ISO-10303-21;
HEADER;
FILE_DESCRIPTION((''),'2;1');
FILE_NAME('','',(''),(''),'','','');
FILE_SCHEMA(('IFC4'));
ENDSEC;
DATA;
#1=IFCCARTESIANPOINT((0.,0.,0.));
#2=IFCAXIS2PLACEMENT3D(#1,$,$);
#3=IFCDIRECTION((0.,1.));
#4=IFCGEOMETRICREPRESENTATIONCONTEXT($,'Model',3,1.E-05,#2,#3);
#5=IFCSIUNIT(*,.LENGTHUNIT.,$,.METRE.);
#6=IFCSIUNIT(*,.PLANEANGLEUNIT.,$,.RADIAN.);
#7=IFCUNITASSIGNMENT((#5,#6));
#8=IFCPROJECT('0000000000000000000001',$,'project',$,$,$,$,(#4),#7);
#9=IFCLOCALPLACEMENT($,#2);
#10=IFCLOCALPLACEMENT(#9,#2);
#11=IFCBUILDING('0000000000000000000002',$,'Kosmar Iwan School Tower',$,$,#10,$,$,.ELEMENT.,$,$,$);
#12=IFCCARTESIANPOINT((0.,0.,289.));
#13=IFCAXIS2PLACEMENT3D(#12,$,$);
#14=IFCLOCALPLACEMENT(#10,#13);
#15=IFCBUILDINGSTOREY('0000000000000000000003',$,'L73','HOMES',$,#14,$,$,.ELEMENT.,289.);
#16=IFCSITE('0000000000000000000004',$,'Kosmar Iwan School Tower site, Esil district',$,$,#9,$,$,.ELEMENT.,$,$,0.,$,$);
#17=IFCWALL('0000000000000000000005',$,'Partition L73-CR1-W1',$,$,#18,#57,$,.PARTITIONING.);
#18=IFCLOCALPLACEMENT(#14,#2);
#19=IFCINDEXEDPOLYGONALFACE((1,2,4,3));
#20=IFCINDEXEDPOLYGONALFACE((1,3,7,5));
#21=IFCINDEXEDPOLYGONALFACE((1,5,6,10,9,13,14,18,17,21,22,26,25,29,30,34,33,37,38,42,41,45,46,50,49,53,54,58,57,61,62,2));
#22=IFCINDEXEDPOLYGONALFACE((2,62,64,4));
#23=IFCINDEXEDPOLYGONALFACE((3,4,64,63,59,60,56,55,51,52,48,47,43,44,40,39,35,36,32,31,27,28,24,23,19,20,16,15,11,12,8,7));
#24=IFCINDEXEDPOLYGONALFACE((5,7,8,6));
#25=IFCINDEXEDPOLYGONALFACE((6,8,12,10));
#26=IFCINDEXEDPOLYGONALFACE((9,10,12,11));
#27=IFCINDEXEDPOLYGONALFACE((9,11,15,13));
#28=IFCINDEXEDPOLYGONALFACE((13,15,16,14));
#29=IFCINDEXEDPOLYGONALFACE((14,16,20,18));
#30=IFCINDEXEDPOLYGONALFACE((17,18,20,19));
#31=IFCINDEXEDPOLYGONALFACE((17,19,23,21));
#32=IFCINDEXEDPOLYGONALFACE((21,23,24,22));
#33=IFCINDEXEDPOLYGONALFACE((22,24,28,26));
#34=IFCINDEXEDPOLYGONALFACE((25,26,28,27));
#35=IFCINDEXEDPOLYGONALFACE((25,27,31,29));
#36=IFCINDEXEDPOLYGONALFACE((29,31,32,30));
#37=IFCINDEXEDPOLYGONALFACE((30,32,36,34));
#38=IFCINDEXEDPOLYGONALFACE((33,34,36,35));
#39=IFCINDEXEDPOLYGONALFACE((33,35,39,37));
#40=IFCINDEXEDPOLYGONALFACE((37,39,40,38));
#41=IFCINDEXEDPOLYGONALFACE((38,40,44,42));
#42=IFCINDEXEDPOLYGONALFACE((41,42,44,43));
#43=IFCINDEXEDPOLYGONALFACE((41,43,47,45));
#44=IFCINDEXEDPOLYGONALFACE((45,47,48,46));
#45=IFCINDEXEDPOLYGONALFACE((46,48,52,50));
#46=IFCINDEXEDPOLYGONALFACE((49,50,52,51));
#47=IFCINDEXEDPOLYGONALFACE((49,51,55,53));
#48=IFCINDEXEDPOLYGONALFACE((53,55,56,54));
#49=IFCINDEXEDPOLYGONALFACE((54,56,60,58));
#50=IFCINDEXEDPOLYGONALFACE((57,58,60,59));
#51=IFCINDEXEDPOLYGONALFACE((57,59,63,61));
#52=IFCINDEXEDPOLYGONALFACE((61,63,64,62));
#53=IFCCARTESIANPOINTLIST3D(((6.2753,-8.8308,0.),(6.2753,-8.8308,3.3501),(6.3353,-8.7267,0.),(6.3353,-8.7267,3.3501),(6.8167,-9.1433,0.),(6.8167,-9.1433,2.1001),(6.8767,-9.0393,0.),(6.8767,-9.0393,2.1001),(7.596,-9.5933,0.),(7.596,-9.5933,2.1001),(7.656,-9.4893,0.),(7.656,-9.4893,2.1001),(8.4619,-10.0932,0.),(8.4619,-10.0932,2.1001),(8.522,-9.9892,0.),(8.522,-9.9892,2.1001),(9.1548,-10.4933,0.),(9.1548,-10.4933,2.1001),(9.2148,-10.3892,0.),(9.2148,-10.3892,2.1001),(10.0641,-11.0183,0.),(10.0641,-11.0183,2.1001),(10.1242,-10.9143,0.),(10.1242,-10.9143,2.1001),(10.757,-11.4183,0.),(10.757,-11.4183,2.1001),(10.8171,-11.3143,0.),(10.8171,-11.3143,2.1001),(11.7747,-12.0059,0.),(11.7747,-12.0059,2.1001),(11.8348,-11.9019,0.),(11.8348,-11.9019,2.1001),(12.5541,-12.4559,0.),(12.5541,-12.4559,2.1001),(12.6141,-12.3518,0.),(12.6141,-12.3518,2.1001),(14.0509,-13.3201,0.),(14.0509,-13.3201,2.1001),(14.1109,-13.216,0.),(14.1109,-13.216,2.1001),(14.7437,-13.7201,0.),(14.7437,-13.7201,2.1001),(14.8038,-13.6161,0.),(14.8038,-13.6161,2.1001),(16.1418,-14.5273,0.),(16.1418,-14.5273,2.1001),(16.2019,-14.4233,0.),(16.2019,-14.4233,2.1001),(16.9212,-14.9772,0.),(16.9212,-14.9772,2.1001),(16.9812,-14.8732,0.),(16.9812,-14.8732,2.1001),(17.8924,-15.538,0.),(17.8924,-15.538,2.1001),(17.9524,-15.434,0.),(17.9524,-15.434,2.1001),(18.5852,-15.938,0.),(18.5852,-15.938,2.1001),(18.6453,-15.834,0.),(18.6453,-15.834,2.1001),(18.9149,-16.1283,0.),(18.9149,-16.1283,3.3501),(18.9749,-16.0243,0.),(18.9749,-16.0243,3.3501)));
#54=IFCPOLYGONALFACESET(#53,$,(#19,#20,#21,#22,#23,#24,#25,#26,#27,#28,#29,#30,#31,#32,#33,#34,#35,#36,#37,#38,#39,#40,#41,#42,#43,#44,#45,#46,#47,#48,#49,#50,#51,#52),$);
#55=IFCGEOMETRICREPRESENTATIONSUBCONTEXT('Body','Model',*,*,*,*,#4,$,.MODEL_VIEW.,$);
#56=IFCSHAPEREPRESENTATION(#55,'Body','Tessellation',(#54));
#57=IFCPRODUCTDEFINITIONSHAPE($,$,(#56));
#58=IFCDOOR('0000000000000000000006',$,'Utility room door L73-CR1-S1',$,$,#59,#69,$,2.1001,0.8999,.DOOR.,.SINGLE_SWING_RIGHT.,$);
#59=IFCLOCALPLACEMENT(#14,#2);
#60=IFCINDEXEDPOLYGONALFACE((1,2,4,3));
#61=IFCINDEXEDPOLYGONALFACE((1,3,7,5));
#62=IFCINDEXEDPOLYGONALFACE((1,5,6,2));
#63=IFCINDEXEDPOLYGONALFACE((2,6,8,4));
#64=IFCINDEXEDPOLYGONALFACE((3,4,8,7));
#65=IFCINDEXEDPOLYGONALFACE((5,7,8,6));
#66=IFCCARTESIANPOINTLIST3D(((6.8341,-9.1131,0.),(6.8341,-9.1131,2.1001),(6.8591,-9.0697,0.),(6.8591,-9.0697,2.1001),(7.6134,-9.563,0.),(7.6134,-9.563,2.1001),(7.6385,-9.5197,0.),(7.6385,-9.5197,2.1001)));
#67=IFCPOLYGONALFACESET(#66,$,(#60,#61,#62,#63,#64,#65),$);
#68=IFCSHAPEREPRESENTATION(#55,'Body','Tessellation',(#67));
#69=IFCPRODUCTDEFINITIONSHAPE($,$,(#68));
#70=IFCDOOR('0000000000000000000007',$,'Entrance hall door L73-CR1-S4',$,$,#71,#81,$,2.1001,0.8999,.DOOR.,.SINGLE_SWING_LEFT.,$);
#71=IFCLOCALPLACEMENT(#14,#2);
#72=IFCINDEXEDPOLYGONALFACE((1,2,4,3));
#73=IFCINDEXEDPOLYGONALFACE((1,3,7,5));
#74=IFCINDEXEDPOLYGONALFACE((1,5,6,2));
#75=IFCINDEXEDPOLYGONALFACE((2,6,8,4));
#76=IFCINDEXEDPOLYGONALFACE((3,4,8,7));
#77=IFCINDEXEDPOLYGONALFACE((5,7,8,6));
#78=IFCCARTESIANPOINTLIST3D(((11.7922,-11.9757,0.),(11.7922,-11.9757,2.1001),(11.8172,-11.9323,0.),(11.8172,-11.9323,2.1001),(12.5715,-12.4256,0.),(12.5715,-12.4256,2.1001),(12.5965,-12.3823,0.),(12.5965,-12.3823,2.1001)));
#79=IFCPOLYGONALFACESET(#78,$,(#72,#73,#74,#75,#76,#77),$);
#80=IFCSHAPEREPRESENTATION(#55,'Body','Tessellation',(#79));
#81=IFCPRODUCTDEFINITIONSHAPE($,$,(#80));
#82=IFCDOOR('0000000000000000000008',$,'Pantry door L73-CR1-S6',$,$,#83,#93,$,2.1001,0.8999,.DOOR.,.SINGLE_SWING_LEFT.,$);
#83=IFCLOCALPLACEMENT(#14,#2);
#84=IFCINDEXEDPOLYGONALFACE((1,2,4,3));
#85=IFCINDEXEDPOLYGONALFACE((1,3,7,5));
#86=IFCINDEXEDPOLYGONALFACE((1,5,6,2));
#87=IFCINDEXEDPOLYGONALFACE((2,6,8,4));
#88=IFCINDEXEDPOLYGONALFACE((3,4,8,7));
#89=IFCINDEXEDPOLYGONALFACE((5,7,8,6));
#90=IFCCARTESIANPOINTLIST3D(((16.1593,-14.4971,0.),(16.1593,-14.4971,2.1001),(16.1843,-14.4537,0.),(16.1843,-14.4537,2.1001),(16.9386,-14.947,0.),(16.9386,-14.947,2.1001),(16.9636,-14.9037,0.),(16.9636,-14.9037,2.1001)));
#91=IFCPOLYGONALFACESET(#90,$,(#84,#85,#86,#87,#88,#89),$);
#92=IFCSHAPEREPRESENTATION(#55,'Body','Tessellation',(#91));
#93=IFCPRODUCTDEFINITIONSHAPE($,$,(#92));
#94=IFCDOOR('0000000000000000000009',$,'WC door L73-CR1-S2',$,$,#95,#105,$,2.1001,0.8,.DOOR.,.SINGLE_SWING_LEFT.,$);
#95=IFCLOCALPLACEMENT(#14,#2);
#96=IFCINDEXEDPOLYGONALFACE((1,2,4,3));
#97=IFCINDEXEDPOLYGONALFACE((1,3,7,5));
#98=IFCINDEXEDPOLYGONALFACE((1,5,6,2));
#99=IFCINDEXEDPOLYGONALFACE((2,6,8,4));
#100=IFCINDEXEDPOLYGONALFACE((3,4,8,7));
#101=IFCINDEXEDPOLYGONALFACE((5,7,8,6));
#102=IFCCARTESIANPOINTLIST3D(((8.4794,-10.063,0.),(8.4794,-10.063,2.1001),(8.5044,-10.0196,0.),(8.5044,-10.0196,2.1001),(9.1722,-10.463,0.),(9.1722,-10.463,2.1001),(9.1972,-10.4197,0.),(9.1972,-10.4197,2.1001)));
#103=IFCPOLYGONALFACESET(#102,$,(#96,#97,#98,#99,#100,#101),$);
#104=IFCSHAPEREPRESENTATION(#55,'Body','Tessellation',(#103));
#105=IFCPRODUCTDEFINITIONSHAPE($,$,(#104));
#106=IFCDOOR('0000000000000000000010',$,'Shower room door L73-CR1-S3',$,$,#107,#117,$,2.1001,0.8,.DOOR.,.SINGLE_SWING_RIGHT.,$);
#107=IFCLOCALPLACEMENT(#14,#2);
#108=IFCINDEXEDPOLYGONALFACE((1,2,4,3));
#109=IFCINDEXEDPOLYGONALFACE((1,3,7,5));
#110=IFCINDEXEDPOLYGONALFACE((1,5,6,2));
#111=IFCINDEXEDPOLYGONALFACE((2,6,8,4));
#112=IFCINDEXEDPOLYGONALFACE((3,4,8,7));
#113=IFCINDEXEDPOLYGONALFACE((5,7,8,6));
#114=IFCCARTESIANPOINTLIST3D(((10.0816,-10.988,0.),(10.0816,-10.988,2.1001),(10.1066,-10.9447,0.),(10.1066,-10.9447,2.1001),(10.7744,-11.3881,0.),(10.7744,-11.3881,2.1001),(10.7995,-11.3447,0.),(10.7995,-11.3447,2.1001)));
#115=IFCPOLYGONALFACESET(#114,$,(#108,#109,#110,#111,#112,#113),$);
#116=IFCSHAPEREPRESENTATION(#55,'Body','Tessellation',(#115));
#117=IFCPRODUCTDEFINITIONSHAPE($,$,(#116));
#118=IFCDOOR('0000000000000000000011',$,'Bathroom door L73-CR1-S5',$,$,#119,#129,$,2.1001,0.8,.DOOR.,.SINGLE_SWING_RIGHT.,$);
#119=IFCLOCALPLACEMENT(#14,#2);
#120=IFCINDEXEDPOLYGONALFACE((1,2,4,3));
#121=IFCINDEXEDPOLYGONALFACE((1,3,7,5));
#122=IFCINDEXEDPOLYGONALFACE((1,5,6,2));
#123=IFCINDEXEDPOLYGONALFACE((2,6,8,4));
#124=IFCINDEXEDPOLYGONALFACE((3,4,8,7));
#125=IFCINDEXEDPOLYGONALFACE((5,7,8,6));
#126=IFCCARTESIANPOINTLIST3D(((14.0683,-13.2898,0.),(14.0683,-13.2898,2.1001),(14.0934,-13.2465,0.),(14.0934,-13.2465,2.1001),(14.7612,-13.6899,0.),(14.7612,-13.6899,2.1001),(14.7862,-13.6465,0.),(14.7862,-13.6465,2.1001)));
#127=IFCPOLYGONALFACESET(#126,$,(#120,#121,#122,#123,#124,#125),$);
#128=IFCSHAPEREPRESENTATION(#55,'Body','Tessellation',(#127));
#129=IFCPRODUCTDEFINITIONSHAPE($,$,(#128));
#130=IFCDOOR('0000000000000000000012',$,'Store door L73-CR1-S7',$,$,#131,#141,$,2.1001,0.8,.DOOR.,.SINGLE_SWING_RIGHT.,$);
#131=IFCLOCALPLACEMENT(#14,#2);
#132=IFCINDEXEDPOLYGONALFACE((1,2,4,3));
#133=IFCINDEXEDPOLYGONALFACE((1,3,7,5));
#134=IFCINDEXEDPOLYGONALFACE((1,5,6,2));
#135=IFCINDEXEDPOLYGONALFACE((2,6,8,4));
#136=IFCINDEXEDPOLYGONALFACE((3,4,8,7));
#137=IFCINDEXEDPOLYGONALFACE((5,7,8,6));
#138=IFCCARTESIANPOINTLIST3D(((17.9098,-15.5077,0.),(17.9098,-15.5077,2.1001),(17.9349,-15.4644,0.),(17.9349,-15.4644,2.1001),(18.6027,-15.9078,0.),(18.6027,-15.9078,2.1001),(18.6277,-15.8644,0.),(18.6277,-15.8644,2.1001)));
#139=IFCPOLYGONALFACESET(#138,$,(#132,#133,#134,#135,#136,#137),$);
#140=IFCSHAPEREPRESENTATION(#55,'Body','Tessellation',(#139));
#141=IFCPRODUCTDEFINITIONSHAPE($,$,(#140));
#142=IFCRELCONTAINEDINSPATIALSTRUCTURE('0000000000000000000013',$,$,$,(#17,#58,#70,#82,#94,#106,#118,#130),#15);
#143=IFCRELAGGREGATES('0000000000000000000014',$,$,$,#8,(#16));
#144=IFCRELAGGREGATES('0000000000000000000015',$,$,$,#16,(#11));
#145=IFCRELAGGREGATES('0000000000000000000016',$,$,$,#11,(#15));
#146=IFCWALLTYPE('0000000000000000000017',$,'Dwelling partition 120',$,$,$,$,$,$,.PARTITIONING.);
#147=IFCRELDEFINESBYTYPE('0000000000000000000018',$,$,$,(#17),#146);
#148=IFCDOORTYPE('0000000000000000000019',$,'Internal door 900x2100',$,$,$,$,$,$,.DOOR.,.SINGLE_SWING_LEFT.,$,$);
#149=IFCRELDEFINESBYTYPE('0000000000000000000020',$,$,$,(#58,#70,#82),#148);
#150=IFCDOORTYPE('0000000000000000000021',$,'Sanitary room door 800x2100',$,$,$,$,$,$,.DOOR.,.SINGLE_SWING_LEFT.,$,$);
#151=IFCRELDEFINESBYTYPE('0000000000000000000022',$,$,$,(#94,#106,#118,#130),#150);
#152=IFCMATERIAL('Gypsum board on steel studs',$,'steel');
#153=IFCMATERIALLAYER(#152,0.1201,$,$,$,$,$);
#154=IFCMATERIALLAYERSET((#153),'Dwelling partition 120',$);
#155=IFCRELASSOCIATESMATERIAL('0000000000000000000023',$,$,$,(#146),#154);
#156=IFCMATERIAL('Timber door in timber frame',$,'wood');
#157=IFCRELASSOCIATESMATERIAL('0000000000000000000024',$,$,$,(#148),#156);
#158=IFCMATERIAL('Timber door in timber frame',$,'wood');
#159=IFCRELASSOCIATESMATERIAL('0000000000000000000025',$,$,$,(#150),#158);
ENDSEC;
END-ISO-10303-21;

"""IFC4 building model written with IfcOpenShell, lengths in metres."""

from ifc_helpers import new_model, si_unit, direction, frame, frame_2d, origin, place, context, subcontext, project, spatial, rectangle, extrude, material, layer, layer_set, type_object, element, fill, save


model = new_model("IFC4")

# Units and contexts
model_context = context("Model", 3, precision=1e-05, world=origin(), true_north=direction((0.0, 1.0)))
body_context = subcontext(model_context, "Body", "Model", "MODEL_VIEW")
ifc_project = project(units=[si_unit("LENGTHUNIT", "METRE"), si_unit("PLANEANGLEUNIT", "RADIAN")], contexts=[model_context])

# Site, building, storey
site_placement = place(None, origin())
site = spatial("IfcSite", under=ifc_project, at=site_placement, Name="Kosmar Iwan School Tower site, Esil district", CompositionType="ELEMENT", RefElevation=0.0)
building_placement = place(site_placement, origin())
building = spatial("IfcBuilding", under=site, at=building_placement, Name="Kosmar Iwan School Tower", CompositionType="ELEMENT")
storey_placement = place(building_placement, frame((0.0, 0.0, 289.0)))
storey = spatial("IfcBuildingStorey", under=building, at=storey_placement, Name="L73", Description="HOMES", CompositionType="ELEMENT", Elevation=289.0)

# Wall, openings, doors
ifc_material_1 = material(Name="Gypsum board on steel studs", Category="steel")
ifc_layer_1 = layer(ifc_material_1, 0.1201)
ifc_layer_set_1 = layer_set([ifc_layer_1], Name="Dwelling partition 120")
wall_type_1 = type_object("IfcWallType", Name="Dwelling partition 120", PredefinedType="PARTITIONING", material=ifc_layer_set_1)
wall_1_placement = place(storey_placement, frame((6.3054, -8.7788, 0.0), z_axis=(0.0, 0.0, 1.0), x_axis=(0.866022, -0.500005, 0.0)))
wall_1 = element("IfcWall", 1, at=wall_1_placement, inside=storey, type_object=wall_type_1, Name="Partition L73-CR1-W1", PredefinedType="PARTITIONING", context=body_context, shape_type="SweptSolid", body=[
    extrude(rectangle(XDim=14.595, YDim=0.1201, at=frame_2d((7.2974, 0.0))), origin(), (0.0, 0.0, 1.0), 3.3501),
])
opening_1_placement = place(wall_1_placement, frame((0.625, 0.0, 0.0)))
opening_1 = element("IfcOpeningElement", 2, at=opening_1_placement, cuts=wall_1, PredefinedType="OPENING", context=body_context, shape_type="SweptSolid", body=[
    extrude(rectangle(XDim=0.8999, YDim=2.1001, at=frame_2d((0.45, 1.05))), frame((0.0, 0.072, 0.0), z_axis=(0.0, -1.0, 0.0), x_axis=(1.0, 0.0, 0.0)), (0.0, 0.0, 1.0), 0.144),
])
opening_2_placement = place(wall_1_placement, frame((2.5249, 0.0, 0.0)))
opening_2 = element("IfcOpeningElement", 3, at=opening_2_placement, cuts=wall_1, PredefinedType="OPENING", context=body_context, shape_type="SweptSolid", body=[
    extrude(rectangle(XDim=0.8, YDim=2.1001, at=frame_2d((0.3999, 1.05))), frame((0.0, 0.072, 0.0), z_axis=(0.0, -1.0, 0.0), x_axis=(1.0, 0.0, 0.0)), (0.0, 0.0, 1.0), 0.144),
])
opening_3_placement = place(wall_1_placement, frame((4.375, 0.0, 0.0)))
opening_3 = element("IfcOpeningElement", 4, at=opening_3_placement, cuts=wall_1, PredefinedType="OPENING", context=body_context, shape_type="SweptSolid", body=[
    extrude(rectangle(XDim=0.8, YDim=2.1001, at=frame_2d((0.3999, 1.05))), frame((0.0, 0.072, 0.0), z_axis=(0.0, -1.0, 0.0), x_axis=(1.0, 0.0, 0.0)), (0.0, 0.0, 1.0), 0.144),
])
opening_4_placement = place(wall_1_placement, frame((6.3501, 0.0, 0.0)))
opening_4 = element("IfcOpeningElement", 5, at=opening_4_placement, cuts=wall_1, PredefinedType="OPENING", context=body_context, shape_type="SweptSolid", body=[
    extrude(rectangle(XDim=0.8999, YDim=2.1001, at=frame_2d((0.45, 1.05))), frame((0.0, 0.072, 0.0), z_axis=(0.0, -1.0, 0.0), x_axis=(1.0, 0.0, 0.0)), (0.0, 0.0, 1.0), 0.144),
])
opening_5_placement = place(wall_1_placement, frame((8.9785, 0.0, 0.0)))
opening_5 = element("IfcOpeningElement", 6, at=opening_5_placement, cuts=wall_1, PredefinedType="OPENING", context=body_context, shape_type="SweptSolid", body=[
    extrude(rectangle(XDim=0.8, YDim=2.1001, at=frame_2d((0.3999, 1.05))), frame((0.0, 0.072, 0.0), z_axis=(0.0, -1.0, 0.0), x_axis=(1.0, 0.0, 0.0)), (0.0, 0.0, 1.0), 0.144),
])
opening_6_placement = place(wall_1_placement, frame((11.3928, 0.0, 0.0)))
opening_6 = element("IfcOpeningElement", 7, at=opening_6_placement, cuts=wall_1, PredefinedType="OPENING", context=body_context, shape_type="SweptSolid", body=[
    extrude(rectangle(XDim=0.8999, YDim=2.1001, at=frame_2d((0.45, 1.05))), frame((0.0, 0.072, 0.0), z_axis=(0.0, -1.0, 0.0), x_axis=(1.0, 0.0, 0.0)), (0.0, 0.0, 1.0), 0.144),
])
opening_7_placement = place(wall_1_placement, frame((13.4143, 0.0, 0.0)))
opening_7 = element("IfcOpeningElement", 8, at=opening_7_placement, cuts=wall_1, PredefinedType="OPENING", context=body_context, shape_type="SweptSolid", body=[
    extrude(rectangle(XDim=0.8, YDim=2.1001, at=frame_2d((0.3999, 1.05))), frame((0.0, 0.072, 0.0), z_axis=(0.0, -1.0, 0.0), x_axis=(1.0, 0.0, 0.0)), (0.0, 0.0, 1.0), 0.144),
])
ifc_material_2 = material(Name="Timber door in timber frame", Category="wood")
door_type_1 = type_object("IfcDoorType", Name="Internal door 900x2100", OperationType="SINGLE_SWING_LEFT", PredefinedType="DOOR", material=ifc_material_2)
door_1_placement = place(opening_1_placement, origin())
door_1 = element("IfcDoor", 9, at=door_1_placement, inside=storey, type_object=door_type_1, Name="Utility room door L73-CR1-S1", OperationType="SINGLE_SWING_RIGHT", OverallHeight=2.1001, OverallWidth=0.8999, PredefinedType="DOOR", context=body_context, shape_type="SweptSolid", body=[
    extrude(rectangle(XDim=0.8999, YDim=2.1001, at=frame_2d((0.45, 1.05))), frame((0.0, 0.0249, 0.0), z_axis=(0.0, -1.0, 0.0), x_axis=(1.0, 0.0, 0.0)), (0.0, 0.0, 1.0), 0.05),
])
fill(opening_1, door_1)
door_2_placement = place(opening_4_placement, origin())
door_2 = element("IfcDoor", 10, at=door_2_placement, inside=storey, type_object=door_type_1, Name="Entrance hall door L73-CR1-S4", OperationType="SINGLE_SWING_LEFT", OverallHeight=2.1001, OverallWidth=0.8999, PredefinedType="DOOR", context=body_context, shape_type="SweptSolid", body=[
    extrude(rectangle(XDim=0.8999, YDim=2.1001, at=frame_2d((0.45, 1.05))), frame((0.0, 0.0249, 0.0), z_axis=(0.0, -1.0, 0.0), x_axis=(1.0, 0.0, 0.0)), (0.0, 0.0, 1.0), 0.05),
])
fill(opening_4, door_2)
door_3_placement = place(opening_6_placement, origin())
door_3 = element("IfcDoor", 11, at=door_3_placement, inside=storey, type_object=door_type_1, Name="Pantry door L73-CR1-S6", OperationType="SINGLE_SWING_LEFT", OverallHeight=2.1001, OverallWidth=0.8999, PredefinedType="DOOR", context=body_context, shape_type="SweptSolid", body=[
    extrude(rectangle(XDim=0.8999, YDim=2.1001, at=frame_2d((0.45, 1.05))), frame((0.0, 0.0249, 0.0), z_axis=(0.0, -1.0, 0.0), x_axis=(1.0, 0.0, 0.0)), (0.0, 0.0, 1.0), 0.05),
])
fill(opening_6, door_3)
ifc_material_3 = material(Name="Timber door in timber frame", Category="wood")
door_type_2 = type_object("IfcDoorType", Name="Sanitary room door 800x2100", OperationType="SINGLE_SWING_LEFT", PredefinedType="DOOR", material=ifc_material_3)
door_4_placement = place(opening_2_placement, origin())
door_4 = element("IfcDoor", 12, at=door_4_placement, inside=storey, type_object=door_type_2, Name="WC door L73-CR1-S2", OperationType="SINGLE_SWING_LEFT", OverallHeight=2.1001, OverallWidth=0.8, PredefinedType="DOOR", context=body_context, shape_type="SweptSolid", body=[
    extrude(rectangle(XDim=0.8, YDim=2.1001, at=frame_2d((0.3999, 1.05))), frame((0.0, 0.0249, 0.0), z_axis=(0.0, -1.0, 0.0), x_axis=(1.0, 0.0, 0.0)), (0.0, 0.0, 1.0), 0.05),
])
fill(opening_2, door_4)
door_5_placement = place(opening_3_placement, origin())
door_5 = element("IfcDoor", 13, at=door_5_placement, inside=storey, type_object=door_type_2, Name="Shower room door L73-CR1-S3", OperationType="SINGLE_SWING_RIGHT", OverallHeight=2.1001, OverallWidth=0.8, PredefinedType="DOOR", context=body_context, shape_type="SweptSolid", body=[
    extrude(rectangle(XDim=0.8, YDim=2.1001, at=frame_2d((0.3999, 1.05))), frame((0.0, 0.0249, 0.0), z_axis=(0.0, -1.0, 0.0), x_axis=(1.0, 0.0, 0.0)), (0.0, 0.0, 1.0), 0.05),
])
fill(opening_3, door_5)
door_6_placement = place(opening_5_placement, origin())
door_6 = element("IfcDoor", 14, at=door_6_placement, inside=storey, type_object=door_type_2, Name="Bathroom door L73-CR1-S5", OperationType="SINGLE_SWING_RIGHT", OverallHeight=2.1001, OverallWidth=0.8, PredefinedType="DOOR", context=body_context, shape_type="SweptSolid", body=[
    extrude(rectangle(XDim=0.8, YDim=2.1001, at=frame_2d((0.3999, 1.05))), frame((0.0, 0.0249, 0.0), z_axis=(0.0, -1.0, 0.0), x_axis=(1.0, 0.0, 0.0)), (0.0, 0.0, 1.0), 0.05),
])
fill(opening_5, door_6)
door_7_placement = place(opening_7_placement, origin())
door_7 = element("IfcDoor", 15, at=door_7_placement, inside=storey, type_object=door_type_2, Name="Store door L73-CR1-S7", OperationType="SINGLE_SWING_RIGHT", OverallHeight=2.1001, OverallWidth=0.8, PredefinedType="DOOR", context=body_context, shape_type="SweptSolid", body=[
    extrude(rectangle(XDim=0.8, YDim=2.1001, at=frame_2d((0.3999, 1.05))), frame((0.0, 0.0249, 0.0), z_axis=(0.0, -1.0, 0.0), x_axis=(1.0, 0.0, 0.0)), (0.0, 0.0, 1.0), 0.05),
])
fill(opening_7, door_7)

save(model, "model.ifc")
